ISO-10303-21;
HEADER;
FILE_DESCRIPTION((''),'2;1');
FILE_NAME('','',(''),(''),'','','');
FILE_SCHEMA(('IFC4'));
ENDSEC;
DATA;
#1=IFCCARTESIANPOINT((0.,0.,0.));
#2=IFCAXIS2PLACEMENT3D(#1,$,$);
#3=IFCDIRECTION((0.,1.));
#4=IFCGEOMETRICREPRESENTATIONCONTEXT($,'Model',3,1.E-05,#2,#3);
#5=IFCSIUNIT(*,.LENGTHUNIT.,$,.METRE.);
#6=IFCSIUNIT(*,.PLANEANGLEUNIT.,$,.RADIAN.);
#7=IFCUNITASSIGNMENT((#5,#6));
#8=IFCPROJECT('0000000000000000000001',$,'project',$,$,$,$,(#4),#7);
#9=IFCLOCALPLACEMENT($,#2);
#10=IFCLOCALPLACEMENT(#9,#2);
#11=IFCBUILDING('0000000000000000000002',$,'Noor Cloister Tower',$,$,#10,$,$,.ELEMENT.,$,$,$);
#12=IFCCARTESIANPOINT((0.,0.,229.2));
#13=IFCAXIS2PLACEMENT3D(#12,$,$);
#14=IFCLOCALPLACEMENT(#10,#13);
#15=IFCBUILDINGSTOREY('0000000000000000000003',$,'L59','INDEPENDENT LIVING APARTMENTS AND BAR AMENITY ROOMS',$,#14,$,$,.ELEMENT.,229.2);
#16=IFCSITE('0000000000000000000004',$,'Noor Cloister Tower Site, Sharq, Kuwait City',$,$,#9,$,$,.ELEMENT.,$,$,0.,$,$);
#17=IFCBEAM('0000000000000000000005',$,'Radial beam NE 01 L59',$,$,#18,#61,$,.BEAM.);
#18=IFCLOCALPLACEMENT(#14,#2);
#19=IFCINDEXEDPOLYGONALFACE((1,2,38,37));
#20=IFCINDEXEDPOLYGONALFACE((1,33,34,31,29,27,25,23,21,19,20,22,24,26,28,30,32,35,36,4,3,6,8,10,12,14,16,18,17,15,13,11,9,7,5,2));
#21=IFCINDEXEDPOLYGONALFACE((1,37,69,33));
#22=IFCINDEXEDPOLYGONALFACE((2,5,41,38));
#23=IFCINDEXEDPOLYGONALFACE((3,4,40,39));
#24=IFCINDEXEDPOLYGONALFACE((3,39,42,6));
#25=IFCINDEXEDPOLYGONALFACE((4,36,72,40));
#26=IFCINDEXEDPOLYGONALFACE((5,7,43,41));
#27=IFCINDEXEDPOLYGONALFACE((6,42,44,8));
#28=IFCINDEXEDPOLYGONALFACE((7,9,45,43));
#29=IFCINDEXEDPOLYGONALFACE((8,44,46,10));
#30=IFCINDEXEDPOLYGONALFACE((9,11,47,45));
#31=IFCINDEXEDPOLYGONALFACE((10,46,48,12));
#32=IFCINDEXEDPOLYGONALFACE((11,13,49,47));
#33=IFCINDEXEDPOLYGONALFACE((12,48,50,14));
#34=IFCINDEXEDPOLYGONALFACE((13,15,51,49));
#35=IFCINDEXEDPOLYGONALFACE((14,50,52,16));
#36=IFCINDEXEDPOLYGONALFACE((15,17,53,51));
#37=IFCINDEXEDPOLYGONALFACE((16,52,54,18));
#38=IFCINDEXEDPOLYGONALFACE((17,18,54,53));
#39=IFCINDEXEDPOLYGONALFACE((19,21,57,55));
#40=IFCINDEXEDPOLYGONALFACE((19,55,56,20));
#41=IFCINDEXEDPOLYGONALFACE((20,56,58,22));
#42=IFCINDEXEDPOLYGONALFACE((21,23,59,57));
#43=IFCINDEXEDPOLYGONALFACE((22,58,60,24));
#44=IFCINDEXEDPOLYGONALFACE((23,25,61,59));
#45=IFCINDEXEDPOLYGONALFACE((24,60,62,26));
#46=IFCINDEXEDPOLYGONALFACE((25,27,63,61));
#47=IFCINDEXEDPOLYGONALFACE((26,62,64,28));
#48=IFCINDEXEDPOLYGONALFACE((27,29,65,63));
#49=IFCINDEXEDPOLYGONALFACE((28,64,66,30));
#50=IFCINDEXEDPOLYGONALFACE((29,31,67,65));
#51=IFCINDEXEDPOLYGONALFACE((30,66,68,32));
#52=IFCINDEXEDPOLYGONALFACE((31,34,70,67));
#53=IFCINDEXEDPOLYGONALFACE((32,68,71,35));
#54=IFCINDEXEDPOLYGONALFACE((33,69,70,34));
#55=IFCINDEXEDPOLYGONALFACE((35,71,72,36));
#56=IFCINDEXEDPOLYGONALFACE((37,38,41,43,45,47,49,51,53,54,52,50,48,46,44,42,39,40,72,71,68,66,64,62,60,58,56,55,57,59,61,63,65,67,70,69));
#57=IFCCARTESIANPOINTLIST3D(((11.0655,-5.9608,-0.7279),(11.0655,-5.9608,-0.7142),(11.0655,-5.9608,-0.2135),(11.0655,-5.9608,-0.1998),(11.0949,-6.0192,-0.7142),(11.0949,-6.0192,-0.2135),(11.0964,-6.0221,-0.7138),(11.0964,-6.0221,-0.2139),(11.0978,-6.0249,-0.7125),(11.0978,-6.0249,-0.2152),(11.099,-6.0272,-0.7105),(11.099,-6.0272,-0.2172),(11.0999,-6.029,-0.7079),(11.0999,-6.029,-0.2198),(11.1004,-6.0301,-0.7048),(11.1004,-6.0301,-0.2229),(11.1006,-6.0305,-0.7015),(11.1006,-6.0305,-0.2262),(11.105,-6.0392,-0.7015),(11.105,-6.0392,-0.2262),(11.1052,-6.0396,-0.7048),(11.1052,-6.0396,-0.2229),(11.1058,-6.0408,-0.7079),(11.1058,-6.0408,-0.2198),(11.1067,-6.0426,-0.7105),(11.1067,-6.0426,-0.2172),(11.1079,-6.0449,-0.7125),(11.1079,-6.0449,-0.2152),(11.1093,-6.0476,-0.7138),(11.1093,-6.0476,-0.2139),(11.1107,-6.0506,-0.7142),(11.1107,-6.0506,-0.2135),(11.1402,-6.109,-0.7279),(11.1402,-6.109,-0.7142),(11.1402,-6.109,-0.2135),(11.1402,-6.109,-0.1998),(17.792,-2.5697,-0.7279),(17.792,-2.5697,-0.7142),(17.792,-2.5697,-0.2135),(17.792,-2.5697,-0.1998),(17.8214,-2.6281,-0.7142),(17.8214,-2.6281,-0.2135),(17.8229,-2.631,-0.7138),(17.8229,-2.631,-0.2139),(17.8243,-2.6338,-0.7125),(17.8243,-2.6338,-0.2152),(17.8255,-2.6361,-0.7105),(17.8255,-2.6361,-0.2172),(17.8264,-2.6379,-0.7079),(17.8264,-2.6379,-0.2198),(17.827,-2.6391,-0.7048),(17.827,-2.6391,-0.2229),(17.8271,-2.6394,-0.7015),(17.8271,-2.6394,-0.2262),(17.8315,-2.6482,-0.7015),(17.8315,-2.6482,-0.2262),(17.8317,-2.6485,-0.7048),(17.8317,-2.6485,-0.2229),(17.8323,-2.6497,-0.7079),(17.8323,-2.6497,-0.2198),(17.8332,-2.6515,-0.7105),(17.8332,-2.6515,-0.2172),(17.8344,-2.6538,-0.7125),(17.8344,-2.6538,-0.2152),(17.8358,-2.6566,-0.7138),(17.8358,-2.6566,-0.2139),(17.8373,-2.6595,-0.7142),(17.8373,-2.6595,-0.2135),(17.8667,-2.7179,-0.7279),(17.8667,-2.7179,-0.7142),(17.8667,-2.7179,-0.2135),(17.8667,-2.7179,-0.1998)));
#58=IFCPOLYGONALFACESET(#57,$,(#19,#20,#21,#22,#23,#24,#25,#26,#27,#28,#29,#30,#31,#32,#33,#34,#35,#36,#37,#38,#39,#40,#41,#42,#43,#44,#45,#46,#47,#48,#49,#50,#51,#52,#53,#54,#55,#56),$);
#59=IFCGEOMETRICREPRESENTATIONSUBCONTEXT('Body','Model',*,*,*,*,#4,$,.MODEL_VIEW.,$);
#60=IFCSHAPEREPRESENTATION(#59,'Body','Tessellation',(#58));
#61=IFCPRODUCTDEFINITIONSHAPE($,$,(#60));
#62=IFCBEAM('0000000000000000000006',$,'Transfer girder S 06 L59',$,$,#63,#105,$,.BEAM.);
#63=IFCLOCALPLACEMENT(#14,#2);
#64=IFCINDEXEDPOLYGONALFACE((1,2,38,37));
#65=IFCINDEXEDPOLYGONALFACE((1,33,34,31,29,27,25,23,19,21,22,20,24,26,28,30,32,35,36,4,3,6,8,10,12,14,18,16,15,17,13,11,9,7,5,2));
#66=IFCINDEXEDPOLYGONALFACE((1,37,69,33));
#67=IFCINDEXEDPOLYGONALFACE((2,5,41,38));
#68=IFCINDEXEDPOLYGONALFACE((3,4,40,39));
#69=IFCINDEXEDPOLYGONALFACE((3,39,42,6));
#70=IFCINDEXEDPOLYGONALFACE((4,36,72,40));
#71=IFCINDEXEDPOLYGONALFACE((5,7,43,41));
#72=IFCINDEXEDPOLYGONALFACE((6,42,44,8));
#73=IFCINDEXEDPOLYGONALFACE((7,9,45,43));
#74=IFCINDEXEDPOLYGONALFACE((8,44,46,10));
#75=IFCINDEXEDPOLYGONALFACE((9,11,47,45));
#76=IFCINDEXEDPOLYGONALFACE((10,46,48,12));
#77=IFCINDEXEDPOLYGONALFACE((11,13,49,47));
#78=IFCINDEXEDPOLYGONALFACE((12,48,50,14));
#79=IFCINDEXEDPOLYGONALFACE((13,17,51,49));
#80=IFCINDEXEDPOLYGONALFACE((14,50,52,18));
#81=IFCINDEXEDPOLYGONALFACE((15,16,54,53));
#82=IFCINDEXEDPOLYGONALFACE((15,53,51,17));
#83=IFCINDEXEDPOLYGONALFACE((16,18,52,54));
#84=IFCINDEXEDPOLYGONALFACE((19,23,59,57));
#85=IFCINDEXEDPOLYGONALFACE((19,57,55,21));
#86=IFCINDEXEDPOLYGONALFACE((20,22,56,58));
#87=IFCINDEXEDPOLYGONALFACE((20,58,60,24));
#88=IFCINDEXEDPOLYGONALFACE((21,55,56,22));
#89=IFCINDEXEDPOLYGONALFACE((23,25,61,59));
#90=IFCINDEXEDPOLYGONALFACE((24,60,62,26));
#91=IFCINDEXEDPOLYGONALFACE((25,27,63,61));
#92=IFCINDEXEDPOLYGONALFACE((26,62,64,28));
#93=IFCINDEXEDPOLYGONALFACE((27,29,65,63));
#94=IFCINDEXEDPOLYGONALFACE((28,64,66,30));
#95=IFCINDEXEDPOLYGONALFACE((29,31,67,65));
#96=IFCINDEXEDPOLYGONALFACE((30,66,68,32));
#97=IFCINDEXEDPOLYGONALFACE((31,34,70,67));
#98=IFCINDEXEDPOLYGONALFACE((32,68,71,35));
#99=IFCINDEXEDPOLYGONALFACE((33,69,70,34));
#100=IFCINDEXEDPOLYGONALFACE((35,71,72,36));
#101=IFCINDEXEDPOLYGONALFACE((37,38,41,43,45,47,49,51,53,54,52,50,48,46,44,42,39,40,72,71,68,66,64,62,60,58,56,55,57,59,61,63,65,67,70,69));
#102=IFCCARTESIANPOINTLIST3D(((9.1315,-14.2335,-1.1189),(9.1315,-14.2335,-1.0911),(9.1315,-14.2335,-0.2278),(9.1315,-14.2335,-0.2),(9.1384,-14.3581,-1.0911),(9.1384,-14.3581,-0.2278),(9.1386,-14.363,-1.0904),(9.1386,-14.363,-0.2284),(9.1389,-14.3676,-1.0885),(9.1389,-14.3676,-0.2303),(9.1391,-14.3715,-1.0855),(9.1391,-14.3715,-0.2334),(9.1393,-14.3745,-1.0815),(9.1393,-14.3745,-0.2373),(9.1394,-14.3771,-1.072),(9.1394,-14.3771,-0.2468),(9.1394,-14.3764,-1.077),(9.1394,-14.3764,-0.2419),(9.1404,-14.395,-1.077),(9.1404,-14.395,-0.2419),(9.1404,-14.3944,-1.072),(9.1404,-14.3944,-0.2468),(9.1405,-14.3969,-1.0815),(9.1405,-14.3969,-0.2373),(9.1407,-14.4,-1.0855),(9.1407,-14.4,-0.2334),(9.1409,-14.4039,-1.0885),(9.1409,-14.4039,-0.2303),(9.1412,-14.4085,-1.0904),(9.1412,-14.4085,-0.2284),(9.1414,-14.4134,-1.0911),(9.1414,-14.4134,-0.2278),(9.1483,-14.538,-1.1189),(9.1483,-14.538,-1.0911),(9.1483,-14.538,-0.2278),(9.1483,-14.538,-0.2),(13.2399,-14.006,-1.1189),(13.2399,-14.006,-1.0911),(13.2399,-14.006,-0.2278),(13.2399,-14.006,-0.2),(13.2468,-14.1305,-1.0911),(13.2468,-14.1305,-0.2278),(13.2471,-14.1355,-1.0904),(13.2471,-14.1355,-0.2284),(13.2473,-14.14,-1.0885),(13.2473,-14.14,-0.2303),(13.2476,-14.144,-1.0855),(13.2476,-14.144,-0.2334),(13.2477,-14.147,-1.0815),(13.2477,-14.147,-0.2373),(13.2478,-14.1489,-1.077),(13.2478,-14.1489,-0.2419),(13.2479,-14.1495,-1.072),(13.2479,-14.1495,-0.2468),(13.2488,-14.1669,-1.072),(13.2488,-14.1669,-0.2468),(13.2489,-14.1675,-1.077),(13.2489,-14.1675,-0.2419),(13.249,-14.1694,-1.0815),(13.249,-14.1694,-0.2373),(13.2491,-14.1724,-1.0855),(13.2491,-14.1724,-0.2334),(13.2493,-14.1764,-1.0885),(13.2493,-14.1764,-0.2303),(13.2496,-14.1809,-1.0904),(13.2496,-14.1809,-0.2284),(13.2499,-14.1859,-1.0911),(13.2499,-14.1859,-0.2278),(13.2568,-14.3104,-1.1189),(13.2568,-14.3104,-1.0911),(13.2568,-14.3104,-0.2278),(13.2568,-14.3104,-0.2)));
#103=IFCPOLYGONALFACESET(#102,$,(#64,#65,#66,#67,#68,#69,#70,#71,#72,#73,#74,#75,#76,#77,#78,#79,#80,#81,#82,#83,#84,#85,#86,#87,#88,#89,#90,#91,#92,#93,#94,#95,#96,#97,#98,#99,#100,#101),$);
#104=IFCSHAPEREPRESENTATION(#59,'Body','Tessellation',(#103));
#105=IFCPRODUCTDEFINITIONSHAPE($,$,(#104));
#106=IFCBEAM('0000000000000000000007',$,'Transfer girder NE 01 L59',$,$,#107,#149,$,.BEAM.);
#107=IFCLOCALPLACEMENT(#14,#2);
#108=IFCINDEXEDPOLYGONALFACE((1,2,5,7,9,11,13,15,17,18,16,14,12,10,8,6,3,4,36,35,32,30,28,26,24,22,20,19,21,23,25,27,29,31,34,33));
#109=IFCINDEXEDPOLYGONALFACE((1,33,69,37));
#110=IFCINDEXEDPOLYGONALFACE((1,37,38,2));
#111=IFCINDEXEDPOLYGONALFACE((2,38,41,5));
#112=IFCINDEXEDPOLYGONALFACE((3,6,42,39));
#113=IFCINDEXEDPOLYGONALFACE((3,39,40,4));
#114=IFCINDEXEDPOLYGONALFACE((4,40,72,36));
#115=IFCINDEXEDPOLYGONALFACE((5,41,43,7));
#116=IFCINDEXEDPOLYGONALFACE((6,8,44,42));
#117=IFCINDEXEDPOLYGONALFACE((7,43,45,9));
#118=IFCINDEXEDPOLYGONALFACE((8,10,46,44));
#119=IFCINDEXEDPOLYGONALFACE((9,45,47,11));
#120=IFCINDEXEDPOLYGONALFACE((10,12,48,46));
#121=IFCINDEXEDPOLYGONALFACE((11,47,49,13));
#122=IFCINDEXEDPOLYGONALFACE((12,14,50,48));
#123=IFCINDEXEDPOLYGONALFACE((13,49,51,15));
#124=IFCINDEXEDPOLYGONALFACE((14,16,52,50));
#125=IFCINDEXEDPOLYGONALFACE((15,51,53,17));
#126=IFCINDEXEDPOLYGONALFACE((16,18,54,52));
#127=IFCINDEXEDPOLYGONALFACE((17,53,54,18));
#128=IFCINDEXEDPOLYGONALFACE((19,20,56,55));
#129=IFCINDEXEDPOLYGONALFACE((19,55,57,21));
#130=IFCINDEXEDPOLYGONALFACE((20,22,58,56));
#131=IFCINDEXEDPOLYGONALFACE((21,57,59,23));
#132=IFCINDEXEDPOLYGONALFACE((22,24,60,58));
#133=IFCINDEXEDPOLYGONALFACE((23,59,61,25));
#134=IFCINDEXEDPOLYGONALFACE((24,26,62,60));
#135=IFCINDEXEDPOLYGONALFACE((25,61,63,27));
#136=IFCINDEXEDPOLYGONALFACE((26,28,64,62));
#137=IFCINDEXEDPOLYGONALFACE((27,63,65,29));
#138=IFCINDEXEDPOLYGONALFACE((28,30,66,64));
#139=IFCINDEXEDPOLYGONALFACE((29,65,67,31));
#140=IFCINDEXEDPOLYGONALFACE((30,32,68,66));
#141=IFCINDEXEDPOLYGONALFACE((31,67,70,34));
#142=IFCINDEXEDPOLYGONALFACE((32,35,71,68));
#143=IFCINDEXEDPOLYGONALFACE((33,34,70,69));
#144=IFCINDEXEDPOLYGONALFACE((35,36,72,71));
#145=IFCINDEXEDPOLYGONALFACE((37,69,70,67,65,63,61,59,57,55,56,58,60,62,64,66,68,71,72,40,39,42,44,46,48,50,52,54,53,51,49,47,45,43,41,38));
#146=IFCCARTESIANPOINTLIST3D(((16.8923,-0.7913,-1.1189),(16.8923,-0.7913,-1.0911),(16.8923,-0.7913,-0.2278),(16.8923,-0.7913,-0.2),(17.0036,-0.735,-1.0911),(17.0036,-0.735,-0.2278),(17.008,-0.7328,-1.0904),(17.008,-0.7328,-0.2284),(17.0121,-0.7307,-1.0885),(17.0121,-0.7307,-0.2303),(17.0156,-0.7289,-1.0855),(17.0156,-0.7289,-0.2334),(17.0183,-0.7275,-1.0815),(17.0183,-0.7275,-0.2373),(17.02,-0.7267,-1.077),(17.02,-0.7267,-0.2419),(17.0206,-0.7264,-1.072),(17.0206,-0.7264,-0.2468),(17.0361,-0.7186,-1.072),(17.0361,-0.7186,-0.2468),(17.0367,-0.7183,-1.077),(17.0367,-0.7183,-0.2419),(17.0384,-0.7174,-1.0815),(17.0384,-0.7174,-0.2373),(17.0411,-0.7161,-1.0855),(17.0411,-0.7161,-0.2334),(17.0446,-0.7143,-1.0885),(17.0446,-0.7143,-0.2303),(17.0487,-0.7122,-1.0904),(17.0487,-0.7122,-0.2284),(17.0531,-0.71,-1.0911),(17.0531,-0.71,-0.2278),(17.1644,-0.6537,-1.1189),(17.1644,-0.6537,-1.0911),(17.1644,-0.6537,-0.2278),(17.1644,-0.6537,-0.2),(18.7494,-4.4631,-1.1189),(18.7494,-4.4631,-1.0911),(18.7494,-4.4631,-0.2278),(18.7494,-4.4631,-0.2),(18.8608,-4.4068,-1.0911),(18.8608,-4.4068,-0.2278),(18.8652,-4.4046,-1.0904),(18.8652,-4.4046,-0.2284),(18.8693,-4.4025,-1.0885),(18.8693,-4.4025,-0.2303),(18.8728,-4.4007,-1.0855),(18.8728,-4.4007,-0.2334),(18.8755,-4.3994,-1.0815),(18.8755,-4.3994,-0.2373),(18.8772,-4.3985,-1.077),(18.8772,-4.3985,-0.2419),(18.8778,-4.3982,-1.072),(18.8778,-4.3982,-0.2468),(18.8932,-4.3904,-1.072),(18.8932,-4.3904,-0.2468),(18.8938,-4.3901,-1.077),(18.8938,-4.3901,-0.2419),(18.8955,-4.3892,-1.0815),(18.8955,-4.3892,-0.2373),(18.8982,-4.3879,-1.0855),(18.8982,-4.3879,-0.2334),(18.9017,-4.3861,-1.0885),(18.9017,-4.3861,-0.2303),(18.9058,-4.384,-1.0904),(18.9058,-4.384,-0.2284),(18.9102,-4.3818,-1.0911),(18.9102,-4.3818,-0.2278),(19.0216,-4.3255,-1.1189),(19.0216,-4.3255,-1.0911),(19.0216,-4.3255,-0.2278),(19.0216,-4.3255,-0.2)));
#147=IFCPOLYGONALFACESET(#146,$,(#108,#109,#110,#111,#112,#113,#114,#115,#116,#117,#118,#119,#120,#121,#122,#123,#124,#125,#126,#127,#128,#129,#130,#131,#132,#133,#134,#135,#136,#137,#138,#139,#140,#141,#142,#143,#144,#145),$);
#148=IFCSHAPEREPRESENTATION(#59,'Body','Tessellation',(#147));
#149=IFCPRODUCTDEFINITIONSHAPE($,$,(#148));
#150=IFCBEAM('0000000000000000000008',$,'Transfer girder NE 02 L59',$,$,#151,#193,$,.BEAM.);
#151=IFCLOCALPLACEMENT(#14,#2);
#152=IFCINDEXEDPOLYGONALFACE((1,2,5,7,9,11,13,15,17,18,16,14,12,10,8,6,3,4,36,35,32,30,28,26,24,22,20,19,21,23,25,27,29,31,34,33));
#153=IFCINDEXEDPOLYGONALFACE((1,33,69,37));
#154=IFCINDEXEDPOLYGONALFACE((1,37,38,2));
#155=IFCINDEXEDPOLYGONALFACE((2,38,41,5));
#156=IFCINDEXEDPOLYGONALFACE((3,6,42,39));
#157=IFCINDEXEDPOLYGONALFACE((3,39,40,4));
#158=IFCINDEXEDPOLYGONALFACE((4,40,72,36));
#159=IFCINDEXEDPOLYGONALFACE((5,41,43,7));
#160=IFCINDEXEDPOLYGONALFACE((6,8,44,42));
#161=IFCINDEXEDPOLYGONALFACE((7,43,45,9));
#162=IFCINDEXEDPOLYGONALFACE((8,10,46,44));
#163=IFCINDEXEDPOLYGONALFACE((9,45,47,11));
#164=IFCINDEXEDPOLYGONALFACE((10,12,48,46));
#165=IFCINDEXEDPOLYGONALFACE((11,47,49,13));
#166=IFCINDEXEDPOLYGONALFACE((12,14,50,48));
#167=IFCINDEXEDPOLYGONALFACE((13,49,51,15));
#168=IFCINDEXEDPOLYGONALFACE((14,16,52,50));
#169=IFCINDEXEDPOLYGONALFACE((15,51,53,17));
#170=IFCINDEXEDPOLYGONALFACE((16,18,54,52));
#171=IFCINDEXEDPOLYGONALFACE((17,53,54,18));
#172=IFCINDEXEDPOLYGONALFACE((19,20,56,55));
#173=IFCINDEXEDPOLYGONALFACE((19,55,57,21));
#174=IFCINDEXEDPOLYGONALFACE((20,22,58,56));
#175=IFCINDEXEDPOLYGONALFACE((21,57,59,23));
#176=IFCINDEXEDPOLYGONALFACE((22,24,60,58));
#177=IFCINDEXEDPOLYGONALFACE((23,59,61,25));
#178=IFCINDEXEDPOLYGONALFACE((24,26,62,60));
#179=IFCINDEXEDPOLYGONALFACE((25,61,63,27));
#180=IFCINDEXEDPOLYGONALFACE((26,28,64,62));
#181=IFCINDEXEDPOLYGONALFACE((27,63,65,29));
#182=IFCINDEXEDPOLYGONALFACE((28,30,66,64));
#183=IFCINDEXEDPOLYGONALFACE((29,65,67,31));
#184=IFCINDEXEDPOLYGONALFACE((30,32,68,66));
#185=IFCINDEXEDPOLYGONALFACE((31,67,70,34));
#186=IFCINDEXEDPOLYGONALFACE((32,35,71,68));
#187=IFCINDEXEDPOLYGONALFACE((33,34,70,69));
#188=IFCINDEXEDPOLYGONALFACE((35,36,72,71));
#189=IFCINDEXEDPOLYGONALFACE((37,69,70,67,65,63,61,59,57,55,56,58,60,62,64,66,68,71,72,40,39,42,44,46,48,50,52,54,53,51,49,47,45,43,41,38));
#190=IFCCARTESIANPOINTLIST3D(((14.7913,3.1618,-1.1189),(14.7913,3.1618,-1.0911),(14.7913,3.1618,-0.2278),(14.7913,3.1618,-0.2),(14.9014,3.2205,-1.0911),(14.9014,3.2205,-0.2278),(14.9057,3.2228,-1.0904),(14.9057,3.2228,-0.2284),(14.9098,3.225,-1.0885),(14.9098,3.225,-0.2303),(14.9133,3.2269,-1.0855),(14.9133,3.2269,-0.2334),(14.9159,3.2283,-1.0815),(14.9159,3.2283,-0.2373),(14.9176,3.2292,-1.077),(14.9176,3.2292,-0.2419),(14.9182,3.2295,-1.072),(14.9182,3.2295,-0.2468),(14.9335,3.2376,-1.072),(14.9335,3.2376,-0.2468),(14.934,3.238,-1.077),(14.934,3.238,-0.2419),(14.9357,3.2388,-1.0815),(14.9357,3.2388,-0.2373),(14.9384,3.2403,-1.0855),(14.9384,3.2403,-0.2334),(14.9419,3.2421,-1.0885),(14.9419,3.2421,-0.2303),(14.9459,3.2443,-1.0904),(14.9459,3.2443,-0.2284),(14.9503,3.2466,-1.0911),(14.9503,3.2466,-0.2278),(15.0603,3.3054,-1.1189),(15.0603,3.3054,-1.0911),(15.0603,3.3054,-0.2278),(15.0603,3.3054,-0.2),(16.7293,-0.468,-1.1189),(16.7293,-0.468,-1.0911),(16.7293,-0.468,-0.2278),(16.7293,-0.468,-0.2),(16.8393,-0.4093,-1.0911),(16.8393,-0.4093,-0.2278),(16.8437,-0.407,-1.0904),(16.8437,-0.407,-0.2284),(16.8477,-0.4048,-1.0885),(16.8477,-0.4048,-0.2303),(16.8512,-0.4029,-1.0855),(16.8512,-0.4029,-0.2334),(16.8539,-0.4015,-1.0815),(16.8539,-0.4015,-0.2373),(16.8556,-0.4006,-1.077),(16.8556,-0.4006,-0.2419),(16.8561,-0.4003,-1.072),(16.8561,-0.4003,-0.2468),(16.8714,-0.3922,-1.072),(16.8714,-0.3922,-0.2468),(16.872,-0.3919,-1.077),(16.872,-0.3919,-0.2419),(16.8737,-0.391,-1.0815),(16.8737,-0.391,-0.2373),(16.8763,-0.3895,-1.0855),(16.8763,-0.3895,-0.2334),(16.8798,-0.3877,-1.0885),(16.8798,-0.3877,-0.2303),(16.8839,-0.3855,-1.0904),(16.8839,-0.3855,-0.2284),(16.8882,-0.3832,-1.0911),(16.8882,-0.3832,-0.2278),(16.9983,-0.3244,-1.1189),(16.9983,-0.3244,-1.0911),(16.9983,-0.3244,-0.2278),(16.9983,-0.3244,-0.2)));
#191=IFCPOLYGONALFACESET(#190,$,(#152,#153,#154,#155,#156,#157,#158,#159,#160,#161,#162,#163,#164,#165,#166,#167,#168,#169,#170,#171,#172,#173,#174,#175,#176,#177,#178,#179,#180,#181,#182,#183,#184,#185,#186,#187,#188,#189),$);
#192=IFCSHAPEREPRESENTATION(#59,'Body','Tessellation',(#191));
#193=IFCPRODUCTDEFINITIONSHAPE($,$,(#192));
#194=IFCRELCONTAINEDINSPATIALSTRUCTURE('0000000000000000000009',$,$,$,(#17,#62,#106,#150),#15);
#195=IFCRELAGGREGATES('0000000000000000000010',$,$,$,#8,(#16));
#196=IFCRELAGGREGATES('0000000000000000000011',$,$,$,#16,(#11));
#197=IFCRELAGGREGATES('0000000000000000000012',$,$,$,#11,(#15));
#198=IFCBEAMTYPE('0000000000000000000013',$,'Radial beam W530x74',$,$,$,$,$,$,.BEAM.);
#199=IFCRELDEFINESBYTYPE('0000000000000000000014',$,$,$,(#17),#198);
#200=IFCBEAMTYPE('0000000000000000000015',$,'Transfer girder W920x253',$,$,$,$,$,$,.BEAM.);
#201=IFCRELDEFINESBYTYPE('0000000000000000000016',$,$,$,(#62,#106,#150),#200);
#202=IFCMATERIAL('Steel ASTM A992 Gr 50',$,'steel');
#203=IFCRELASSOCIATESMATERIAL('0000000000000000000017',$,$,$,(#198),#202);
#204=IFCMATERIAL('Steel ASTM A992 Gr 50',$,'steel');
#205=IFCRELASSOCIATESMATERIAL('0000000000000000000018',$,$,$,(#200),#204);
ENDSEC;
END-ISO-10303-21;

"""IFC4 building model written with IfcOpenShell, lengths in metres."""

from ifc_helpers import new_model, si_unit, direction, frame, origin, origin_2d, place, context, subcontext, project, spatial, i_section, extrude, material, material_profile, profile_set, type_object, element, save


model = new_model("IFC4")

# Units and contexts
model_context = context("Model", 3, precision=1e-05, world=origin(), true_north=direction((0.0, 1.0)))
body_context = subcontext(model_context, "Body", "Model", "MODEL_VIEW")
ifc_project = project(units=[si_unit("LENGTHUNIT", "METRE"), si_unit("PLANEANGLEUNIT", "RADIAN")], contexts=[model_context])

# Site, building, storey
site_placement = place(None, origin())
site = spatial("IfcSite", under=ifc_project, at=site_placement, Name="Noor Cloister Tower Site, Sharq, Kuwait City", CompositionType="ELEMENT", RefElevation=0.0)
building_placement = place(site_placement, origin())
building = spatial("IfcBuilding", under=site, at=building_placement, Name="Noor Cloister Tower", CompositionType="ELEMENT")
storey_placement = place(building_placement, frame((0.0, 0.0, 229.2)))
storey = spatial("IfcBuildingStorey", under=building, at=storey_placement, Name="L59", Description="INDEPENDENT LIVING APARTMENTS AND BAR AMENITY ROOMS", CompositionType="ELEMENT", Elevation=229.2)

# Beams
ifc_material_1 = material(Name="Steel ASTM A992 Gr 50", Category="steel")
ifc_material_profile_1 = material_profile(ifc_material_1, i_section(OverallWidth=0.166, OverallDepth=0.5281, WebThickness=0.0098, FlangeThickness=0.0137, FilletRadius=0.0127, at=origin_2d()), Name="W530x74")
ifc_profile_set_1 = profile_set([ifc_material_profile_1], Name="Steel ASTM A992 Gr 50")
beam_type_1 = type_object("IfcBeamType", Name="Radial beam W530x74", PredefinedType="BEAM", material=ifc_profile_set_1)
beam_1_placement = place(storey_placement, frame((17.8293, -2.6438, -0.4639), z_axis=(-0.892944, -0.450167, 0.0), x_axis=(0.450167, -0.892944, 0.0)))
element("IfcBeam", 1, at=beam_1_placement, inside=storey, type_object=beam_type_1, Name="Radial beam NE 01 L59", PredefinedType="BEAM", context=body_context, shape_type="SweptSolid", body=[
    extrude(i_section(OverallWidth=0.166, OverallDepth=0.5281, WebThickness=0.0098, FlangeThickness=0.0137, FilletRadius=0.0127, at=origin_2d()), origin(), (0.0, 0.0, 1.0), 7.533),
])
ifc_material_2 = material(Name="Steel ASTM A992 Gr 50", Category="steel")
ifc_material_profile_2 = material_profile(ifc_material_2, i_section(OverallWidth=0.3049, OverallDepth=0.9189, WebThickness=0.0173, FlangeThickness=0.0278, FilletRadius=0.019, at=origin_2d()), Name="W920x253")
ifc_profile_set_2 = profile_set([ifc_material_profile_2], Name="Steel ASTM A992 Gr 50")
beam_type_2 = type_object("IfcBeamType", Name="Transfer girder W920x253", PredefinedType="BEAM", material=ifc_profile_set_2)
for number, where, z_axis, x_axis, name in (
    (2, (9.1399, -14.3857, -0.6594), (0.99847, 0.055299, 0.0), (-0.055299, 0.99847, 0.0), "Transfer girder S 06 L59"),
    (3, (18.8855, -4.3943, -0.6594), (-0.451338, 0.892353, 0.0), (-0.892353, -0.451338, 0.0), "Transfer girder NE 01 L59"),
    (4, (16.8638, -0.3962, -0.6594), (-0.470976, 0.882146, 0.0), (-0.882146, -0.470976, 0.0), "Transfer girder NE 02 L59"),
):
    element("IfcBeam", number, at=place(storey_placement, frame(where, z_axis=z_axis, x_axis=x_axis)), inside=storey, type_object=beam_type_2, Name=name, PredefinedType="BEAM", context=body_context, shape_type="SweptSolid", body=[
        extrude(i_section(OverallWidth=0.3049, OverallDepth=0.9189, WebThickness=0.0173, FlangeThickness=0.0278, FilletRadius=0.019, at=origin_2d()), origin(), (0.0, 0.0, 1.0), 4.1147),
    ])

save(model, "model.ifc")
